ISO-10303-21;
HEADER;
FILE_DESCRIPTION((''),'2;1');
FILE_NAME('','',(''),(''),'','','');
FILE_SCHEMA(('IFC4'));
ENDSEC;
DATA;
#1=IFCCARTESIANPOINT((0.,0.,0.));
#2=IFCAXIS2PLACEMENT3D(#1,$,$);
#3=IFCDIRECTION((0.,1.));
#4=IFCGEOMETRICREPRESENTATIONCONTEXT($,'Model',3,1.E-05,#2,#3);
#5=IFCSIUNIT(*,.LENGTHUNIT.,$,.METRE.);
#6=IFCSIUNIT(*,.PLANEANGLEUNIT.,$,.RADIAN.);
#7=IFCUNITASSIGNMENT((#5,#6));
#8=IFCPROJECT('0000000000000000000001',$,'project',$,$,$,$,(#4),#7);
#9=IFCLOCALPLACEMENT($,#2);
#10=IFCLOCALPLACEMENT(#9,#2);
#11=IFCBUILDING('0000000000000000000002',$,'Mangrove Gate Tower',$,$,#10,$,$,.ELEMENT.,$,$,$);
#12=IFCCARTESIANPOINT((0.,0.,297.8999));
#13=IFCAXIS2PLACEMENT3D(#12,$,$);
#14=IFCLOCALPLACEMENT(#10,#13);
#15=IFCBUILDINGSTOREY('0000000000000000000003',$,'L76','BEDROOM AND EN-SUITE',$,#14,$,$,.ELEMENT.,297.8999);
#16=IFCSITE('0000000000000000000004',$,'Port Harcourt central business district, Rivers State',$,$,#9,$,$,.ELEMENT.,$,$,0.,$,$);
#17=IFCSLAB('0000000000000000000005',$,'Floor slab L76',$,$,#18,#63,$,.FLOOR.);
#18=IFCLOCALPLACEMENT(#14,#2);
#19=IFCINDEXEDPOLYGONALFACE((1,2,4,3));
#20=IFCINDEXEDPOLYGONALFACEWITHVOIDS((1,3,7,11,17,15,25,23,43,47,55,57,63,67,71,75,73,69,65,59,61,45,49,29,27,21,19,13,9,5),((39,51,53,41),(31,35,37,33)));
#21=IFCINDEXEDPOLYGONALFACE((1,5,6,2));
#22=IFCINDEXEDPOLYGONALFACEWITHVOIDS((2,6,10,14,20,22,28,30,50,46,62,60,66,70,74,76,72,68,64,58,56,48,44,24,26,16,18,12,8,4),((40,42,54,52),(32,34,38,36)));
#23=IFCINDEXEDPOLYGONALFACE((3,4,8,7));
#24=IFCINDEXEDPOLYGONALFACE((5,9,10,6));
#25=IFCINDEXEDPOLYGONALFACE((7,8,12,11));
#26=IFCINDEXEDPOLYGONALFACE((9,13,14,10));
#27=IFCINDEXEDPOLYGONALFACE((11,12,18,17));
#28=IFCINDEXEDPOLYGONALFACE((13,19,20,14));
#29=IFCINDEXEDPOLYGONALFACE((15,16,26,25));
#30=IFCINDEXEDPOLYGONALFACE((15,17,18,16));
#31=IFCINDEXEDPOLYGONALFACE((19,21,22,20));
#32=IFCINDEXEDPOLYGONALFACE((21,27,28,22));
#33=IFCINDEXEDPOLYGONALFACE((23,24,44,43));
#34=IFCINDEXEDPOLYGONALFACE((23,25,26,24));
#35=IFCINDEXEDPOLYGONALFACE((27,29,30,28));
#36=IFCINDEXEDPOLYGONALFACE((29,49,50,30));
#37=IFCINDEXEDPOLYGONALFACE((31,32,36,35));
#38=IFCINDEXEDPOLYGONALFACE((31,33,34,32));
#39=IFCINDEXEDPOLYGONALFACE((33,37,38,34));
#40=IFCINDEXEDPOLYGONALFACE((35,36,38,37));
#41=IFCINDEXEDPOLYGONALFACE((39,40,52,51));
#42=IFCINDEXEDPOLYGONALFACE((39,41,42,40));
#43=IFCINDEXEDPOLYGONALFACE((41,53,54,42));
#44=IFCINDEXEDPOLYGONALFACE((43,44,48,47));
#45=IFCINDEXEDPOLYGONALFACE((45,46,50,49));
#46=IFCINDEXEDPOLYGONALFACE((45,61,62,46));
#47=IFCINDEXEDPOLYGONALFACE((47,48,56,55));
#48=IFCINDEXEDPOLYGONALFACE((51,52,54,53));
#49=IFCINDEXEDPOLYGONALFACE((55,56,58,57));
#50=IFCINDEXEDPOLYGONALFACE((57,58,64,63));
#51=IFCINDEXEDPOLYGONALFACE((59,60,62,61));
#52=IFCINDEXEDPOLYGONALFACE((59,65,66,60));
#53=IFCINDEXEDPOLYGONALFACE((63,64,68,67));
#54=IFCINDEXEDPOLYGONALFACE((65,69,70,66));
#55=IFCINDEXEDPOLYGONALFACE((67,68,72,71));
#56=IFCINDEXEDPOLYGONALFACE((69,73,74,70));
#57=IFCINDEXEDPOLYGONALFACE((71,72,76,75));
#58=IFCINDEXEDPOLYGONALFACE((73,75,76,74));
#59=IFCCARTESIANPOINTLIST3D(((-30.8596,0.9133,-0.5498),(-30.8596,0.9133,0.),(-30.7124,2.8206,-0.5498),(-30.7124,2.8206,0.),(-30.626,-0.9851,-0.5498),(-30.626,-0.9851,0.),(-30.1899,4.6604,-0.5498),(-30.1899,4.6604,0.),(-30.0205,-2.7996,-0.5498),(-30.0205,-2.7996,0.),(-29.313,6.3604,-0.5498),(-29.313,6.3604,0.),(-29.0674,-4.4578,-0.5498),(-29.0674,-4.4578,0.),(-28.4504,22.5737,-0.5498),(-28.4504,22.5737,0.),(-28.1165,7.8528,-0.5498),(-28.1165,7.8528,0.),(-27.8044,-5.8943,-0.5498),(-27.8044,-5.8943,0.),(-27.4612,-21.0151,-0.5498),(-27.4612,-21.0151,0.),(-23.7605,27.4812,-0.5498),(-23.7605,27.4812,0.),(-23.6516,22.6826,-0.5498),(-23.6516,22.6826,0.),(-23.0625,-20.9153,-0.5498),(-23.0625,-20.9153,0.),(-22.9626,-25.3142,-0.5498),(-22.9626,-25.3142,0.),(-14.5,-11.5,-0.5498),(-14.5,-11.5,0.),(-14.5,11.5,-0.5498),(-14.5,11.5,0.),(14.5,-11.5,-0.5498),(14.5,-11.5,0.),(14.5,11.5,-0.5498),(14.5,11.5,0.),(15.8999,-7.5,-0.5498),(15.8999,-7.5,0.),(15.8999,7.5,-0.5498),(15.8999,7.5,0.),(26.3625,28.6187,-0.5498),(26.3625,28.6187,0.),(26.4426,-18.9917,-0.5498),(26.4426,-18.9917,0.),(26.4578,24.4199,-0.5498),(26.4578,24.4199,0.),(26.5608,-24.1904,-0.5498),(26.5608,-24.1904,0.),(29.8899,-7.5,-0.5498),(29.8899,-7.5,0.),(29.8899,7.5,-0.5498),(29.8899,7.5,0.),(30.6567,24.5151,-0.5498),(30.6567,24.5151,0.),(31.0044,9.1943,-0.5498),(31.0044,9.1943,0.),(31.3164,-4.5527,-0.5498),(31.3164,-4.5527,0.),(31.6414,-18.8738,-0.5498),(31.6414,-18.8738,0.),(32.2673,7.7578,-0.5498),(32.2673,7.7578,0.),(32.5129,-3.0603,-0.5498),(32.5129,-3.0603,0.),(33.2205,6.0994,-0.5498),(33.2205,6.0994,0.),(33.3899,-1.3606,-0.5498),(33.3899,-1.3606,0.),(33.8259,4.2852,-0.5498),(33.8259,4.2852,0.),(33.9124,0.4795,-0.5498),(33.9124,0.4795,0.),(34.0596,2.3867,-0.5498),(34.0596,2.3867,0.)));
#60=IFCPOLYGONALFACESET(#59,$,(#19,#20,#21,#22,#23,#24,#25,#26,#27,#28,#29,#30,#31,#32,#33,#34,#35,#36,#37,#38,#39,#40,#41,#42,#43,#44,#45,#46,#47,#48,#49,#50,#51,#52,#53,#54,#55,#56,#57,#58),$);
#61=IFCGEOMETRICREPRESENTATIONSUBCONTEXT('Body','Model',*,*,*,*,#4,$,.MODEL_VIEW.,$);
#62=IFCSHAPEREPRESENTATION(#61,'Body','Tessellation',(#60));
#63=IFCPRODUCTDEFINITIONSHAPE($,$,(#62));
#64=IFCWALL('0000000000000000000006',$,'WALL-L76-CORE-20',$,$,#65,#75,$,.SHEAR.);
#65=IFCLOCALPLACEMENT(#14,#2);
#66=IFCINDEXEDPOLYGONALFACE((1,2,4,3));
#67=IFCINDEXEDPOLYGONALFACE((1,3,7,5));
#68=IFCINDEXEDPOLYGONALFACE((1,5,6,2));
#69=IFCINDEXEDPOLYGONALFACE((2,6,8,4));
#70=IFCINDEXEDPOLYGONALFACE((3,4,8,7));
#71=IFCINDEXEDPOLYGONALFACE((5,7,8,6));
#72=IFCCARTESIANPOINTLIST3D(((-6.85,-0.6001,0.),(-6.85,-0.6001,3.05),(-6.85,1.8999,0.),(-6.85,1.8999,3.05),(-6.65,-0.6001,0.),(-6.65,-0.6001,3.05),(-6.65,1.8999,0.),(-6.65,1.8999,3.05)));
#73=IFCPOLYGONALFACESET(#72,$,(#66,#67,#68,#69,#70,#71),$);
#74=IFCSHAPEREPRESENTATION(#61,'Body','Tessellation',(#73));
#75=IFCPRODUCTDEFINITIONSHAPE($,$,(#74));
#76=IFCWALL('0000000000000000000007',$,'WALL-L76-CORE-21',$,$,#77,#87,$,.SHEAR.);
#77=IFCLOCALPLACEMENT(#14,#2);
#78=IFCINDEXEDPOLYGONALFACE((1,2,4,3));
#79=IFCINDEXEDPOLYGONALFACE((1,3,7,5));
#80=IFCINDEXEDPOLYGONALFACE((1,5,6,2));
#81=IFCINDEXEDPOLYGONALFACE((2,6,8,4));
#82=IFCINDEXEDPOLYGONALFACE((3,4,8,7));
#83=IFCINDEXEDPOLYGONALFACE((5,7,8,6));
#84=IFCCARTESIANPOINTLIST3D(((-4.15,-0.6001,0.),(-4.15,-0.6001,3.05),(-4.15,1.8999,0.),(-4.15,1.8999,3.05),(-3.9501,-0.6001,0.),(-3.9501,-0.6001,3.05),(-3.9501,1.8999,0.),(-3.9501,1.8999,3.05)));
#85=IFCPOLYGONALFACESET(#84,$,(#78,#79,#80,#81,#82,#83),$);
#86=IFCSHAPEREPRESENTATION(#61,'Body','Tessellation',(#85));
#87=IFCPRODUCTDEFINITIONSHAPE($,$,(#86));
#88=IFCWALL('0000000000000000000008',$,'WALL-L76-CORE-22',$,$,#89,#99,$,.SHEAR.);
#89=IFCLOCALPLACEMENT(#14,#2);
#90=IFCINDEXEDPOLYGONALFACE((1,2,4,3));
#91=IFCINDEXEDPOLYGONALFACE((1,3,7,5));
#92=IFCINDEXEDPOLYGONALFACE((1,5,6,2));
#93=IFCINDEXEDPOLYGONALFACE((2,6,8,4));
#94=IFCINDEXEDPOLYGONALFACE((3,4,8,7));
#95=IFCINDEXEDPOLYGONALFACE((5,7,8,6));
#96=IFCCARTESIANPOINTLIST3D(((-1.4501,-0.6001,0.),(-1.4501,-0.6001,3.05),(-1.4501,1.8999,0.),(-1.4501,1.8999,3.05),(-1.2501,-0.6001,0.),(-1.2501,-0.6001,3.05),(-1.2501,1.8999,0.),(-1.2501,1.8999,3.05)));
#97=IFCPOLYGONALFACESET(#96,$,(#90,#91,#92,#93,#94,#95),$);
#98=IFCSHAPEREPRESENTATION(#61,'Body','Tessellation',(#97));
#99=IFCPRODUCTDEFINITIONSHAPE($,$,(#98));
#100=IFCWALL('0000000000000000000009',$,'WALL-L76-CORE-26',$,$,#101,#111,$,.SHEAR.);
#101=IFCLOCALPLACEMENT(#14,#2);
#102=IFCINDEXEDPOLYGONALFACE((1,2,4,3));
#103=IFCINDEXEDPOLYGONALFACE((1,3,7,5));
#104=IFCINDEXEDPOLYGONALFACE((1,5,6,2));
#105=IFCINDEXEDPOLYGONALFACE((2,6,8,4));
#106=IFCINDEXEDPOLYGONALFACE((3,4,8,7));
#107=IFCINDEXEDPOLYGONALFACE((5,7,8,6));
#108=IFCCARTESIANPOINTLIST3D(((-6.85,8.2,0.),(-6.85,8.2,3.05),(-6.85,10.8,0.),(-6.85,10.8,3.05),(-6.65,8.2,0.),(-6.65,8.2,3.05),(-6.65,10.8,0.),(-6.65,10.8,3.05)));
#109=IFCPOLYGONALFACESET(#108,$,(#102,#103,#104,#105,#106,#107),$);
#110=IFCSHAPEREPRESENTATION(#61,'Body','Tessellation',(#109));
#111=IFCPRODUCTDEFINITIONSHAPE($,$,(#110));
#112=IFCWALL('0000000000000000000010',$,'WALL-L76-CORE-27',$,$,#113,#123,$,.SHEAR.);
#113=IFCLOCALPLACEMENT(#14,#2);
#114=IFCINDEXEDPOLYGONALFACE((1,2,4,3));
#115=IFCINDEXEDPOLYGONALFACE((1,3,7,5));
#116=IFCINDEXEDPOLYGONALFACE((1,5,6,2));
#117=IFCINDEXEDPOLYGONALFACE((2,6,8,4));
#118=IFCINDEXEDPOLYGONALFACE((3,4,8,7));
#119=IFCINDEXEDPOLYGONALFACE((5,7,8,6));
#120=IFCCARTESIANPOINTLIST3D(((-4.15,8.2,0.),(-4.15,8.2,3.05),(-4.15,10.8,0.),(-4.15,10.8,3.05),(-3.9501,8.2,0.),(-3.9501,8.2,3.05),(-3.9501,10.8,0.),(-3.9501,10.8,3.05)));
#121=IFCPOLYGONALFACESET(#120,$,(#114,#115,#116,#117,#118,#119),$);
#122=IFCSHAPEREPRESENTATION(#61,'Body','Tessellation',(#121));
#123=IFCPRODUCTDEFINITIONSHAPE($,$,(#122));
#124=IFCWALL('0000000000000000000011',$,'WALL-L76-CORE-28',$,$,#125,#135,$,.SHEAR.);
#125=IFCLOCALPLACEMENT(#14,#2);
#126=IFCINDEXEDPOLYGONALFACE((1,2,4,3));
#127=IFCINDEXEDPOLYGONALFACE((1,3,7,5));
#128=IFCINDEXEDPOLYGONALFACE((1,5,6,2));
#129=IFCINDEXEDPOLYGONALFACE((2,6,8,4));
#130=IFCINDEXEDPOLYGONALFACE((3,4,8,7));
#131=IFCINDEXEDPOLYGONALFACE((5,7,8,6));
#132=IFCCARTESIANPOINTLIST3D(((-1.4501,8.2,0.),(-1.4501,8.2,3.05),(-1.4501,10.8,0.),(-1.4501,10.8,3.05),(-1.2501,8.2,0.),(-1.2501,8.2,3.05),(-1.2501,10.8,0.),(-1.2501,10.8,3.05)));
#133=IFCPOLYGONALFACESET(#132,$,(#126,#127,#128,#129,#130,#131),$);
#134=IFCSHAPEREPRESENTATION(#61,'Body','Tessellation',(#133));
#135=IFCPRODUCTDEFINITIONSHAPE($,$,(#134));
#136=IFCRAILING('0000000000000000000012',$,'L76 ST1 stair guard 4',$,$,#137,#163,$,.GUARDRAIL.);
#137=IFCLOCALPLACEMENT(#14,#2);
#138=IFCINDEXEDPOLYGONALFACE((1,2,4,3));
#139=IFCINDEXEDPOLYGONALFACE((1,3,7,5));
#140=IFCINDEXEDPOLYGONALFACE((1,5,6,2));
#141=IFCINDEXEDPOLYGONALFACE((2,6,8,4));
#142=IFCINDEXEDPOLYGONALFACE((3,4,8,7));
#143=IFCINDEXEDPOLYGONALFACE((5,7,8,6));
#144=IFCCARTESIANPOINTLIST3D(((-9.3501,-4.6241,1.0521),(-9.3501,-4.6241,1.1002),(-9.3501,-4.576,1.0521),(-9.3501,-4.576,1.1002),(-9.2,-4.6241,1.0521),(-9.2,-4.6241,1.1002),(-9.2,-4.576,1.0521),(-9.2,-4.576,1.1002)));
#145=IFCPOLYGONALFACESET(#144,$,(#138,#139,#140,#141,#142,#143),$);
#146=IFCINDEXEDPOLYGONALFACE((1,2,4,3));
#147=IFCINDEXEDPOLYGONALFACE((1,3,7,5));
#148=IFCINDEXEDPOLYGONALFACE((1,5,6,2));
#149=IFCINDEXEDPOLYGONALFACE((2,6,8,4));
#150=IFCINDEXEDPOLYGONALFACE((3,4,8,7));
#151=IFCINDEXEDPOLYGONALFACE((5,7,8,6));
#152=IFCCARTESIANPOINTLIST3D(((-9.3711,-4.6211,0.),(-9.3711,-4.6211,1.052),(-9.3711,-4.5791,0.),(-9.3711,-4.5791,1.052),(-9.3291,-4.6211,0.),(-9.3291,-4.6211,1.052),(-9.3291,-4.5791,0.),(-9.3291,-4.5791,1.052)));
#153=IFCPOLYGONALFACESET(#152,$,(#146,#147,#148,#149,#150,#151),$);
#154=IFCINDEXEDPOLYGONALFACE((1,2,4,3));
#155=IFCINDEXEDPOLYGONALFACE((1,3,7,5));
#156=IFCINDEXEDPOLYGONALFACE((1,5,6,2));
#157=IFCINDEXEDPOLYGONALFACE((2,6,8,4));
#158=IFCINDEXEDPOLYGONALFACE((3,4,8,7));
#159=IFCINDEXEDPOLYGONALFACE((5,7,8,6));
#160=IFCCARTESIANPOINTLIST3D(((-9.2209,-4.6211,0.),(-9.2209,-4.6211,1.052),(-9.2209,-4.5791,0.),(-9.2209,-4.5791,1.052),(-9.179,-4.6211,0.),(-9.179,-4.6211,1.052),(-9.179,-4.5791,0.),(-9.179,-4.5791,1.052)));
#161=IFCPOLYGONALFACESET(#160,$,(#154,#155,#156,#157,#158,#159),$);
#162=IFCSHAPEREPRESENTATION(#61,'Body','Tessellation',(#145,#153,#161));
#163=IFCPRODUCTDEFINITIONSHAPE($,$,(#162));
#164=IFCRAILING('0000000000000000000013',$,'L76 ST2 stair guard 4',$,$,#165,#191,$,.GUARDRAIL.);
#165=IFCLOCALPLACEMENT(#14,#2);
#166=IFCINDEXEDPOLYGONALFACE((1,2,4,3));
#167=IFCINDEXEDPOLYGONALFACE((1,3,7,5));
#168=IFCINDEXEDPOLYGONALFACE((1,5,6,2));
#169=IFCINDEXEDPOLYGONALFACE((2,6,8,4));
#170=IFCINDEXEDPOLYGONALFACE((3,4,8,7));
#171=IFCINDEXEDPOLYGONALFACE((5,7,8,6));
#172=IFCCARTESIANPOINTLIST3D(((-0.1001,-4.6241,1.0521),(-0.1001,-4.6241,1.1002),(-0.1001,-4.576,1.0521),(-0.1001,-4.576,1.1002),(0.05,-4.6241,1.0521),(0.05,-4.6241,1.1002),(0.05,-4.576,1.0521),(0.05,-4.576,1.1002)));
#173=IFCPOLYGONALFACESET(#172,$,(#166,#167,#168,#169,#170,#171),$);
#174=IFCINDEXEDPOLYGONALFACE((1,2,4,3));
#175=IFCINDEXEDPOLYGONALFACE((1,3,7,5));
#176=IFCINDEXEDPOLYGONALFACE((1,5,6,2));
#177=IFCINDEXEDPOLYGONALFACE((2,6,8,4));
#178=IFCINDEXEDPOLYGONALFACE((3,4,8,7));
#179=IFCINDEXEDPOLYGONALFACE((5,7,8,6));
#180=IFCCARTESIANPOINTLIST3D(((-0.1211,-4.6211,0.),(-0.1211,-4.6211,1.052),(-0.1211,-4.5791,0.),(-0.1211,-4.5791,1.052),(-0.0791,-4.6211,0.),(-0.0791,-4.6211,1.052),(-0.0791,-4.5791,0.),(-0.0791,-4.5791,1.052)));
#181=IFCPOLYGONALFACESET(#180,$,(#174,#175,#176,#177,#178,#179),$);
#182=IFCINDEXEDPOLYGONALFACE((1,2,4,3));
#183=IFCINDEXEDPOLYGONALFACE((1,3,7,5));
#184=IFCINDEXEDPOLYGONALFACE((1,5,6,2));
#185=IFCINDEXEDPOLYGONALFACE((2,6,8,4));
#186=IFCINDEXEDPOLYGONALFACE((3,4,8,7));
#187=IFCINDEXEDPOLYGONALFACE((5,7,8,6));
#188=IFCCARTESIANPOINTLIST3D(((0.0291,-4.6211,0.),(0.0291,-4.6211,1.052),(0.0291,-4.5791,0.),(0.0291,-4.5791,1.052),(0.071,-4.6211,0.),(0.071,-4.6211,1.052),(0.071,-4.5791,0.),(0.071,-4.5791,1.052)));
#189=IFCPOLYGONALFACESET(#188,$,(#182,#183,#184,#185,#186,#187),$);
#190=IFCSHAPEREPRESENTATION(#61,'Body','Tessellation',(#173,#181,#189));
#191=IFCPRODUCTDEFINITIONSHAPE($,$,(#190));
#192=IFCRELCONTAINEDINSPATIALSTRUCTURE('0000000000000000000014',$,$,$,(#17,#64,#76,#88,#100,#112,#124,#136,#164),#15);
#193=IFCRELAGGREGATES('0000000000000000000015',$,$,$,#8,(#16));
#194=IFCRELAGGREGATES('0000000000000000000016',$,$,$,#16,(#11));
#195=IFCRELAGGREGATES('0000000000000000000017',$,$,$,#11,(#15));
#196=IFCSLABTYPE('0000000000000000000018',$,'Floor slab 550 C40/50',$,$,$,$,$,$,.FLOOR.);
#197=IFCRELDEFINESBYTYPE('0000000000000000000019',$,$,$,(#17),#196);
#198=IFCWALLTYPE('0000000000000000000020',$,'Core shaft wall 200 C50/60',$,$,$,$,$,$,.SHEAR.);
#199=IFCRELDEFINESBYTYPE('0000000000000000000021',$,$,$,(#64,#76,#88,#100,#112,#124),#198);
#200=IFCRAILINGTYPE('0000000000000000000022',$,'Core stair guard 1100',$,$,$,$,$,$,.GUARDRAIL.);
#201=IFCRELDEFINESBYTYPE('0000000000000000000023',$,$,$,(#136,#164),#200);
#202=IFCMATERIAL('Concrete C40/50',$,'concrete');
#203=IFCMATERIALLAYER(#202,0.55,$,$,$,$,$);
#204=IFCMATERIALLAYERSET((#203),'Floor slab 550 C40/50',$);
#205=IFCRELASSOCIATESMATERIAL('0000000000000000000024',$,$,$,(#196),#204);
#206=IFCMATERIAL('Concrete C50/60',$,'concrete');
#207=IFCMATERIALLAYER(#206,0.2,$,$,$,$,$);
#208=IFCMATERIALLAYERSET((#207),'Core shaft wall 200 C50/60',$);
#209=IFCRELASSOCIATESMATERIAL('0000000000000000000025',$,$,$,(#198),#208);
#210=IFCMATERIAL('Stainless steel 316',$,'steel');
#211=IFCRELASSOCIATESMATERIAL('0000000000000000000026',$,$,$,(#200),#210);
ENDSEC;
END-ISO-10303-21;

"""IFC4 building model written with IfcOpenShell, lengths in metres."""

from ifc_helpers import new_model, si_unit, direction, frame, frame_2d, origin, origin_2d, place, context, subcontext, project, spatial, polyline, rectangle, outline, extrude, material, layer, layer_set, type_object, element, save


model = new_model("IFC4")

# Units and contexts
model_context = context("Model", 3, precision=1e-05, world=origin(), true_north=direction((0.0, 1.0)))
body_context = subcontext(model_context, "Body", "Model", "MODEL_VIEW")
ifc_project = project(units=[si_unit("LENGTHUNIT", "METRE"), si_unit("PLANEANGLEUNIT", "RADIAN")], contexts=[model_context])

# Site, building, storey
site_placement = place(None, origin())
site = spatial("IfcSite", under=ifc_project, at=site_placement, Name="Port Harcourt central business district, Rivers State", CompositionType="ELEMENT", RefElevation=0.0)
building_placement = place(site_placement, origin())
building = spatial("IfcBuilding", under=site, at=building_placement, Name="Mangrove Gate Tower", CompositionType="ELEMENT")
storey_placement = place(building_placement, frame((0.0, 0.0, 297.8999)))
storey = spatial("IfcBuildingStorey", under=building, at=storey_placement, Name="L76", Description="BEDROOM AND EN-SUITE", CompositionType="ELEMENT", Elevation=297.8999)

# Slab
ifc_material_1 = material(Name="Concrete C40/50", Category="concrete")
ifc_layer_1 = layer(ifc_material_1, 0.55)
ifc_layer_set_1 = layer_set([ifc_layer_1], Name="Floor slab 550 C40/50")
slab_type = type_object("IfcSlabType", Name="Floor slab 550 C40/50", PredefinedType="FLOOR", material=ifc_layer_set_1)
slab_placement = place(storey_placement, frame((0.0, 0.0, -0.5498)))
element("IfcSlab", 1, at=slab_placement, inside=storey, type_object=slab_type, Name="Floor slab L76", PredefinedType="FLOOR", context=body_context, shape_type="SweptSolid", body=[
    extrude(outline(polyline([(-22.9626, -25.3142), (26.5608, -24.1904), (26.4426, -18.9917), (31.6414, -18.8738), (31.3164, -4.5527), (32.5129, -3.0603), (33.3899, -1.3606), (33.9124, 0.4795), (34.0596, 2.3867), (33.8259, 4.2852), (33.2205, 6.0994), (32.2673, 7.7578), (31.0044, 9.1943), (30.6567, 24.5151), (26.4578, 24.4199), (26.3625, 28.6187), (-23.7605, 27.4812), (-23.6516, 22.6826), (-28.4504, 22.5737), (-28.1165, 7.8528), (-29.313, 6.3604), (-30.1899, 4.6604), (-30.7124, 2.8206), (-30.8596, 0.9133), (-30.626, -0.9851), (-30.0205, -2.7996), (-29.0674, -4.4578), (-27.8044, -5.8943), (-27.4612, -21.0151), (-23.0625, -20.9153), (-22.9626, -25.3142)]), holes=[polyline([(15.8999, 7.5), (29.8899, 7.5), (29.8899, -7.5), (15.8999, -7.5), (15.8999, 7.5)]), polyline([(-14.5, -11.5), (-14.5, 11.5), (14.5, 11.5), (14.5, -11.5), (-14.5, -11.5)])]), origin(), (0.0, 0.0, 1.0), 0.5498),
])

# Walls
ifc_material_2 = material(Name="Concrete C50/60", Category="concrete")
ifc_layer_2 = layer(ifc_material_2, 0.2)
ifc_layer_set_2 = layer_set([ifc_layer_2], Name="Core shaft wall 200 C50/60")
wall_type = type_object("IfcWallType", Name="Core shaft wall 200 C50/60", PredefinedType="SHEAR", material=ifc_layer_set_2)
for number, where, z_axis, x_axis, name in (
    (2, (-6.75, -0.6001, 0.0), (0.0, 0.0, 1.0), (0.0, 1.0, 0.0), "WALL-L76-CORE-20"),
    (3, (-4.05, -0.6001, 0.0), (0.0, 0.0, 1.0), (0.0, 1.0, 0.0), "WALL-L76-CORE-21"),
    (4, (-1.3501, -0.6001, 0.0), (0.0, 0.0, 1.0), (0.0, 1.0, 0.0), "WALL-L76-CORE-22"),
):
    element("IfcWall", number, at=place(storey_placement, frame(where, z_axis=z_axis, x_axis=x_axis)), inside=storey, type_object=wall_type, Name=name, PredefinedType="SHEAR", context=body_context, shape_type="SweptSolid", body=[
        extrude(rectangle(XDim=2.5, YDim=0.2, at=frame_2d((1.25, 0.0))), origin(), (0.0, 0.0, 1.0), 3.05),
    ])
for number, where, z_axis, x_axis, name in (
    (5, (-6.75, 8.2, 0.0), (0.0, 0.0, 1.0), (0.0, 1.0, 0.0), "WALL-L76-CORE-26"),
    (6, (-4.05, 8.2, 0.0), (0.0, 0.0, 1.0), (0.0, 1.0, 0.0), "WALL-L76-CORE-27"),
    (7, (-1.3501, 8.2, 0.0), (0.0, 0.0, 1.0), (0.0, 1.0, 0.0), "WALL-L76-CORE-28"),
):
    element("IfcWall", number, at=place(storey_placement, frame(where, z_axis=z_axis, x_axis=x_axis)), inside=storey, type_object=wall_type, Name=name, PredefinedType="SHEAR", context=body_context, shape_type="SweptSolid", body=[
        extrude(rectangle(XDim=2.6001, YDim=0.2, at=frame_2d((1.3, 0.0))), origin(), (0.0, 0.0, 1.0), 3.05),
    ])

# Railings
ifc_material_3 = material(Name="Stainless steel 316", Category="steel")
railing_type = type_object("IfcRailingType", Name="Core stair guard 1100", PredefinedType="GUARDRAIL", material=ifc_material_3)
for number, where, name in (
    (8, (-9.3501, -4.6001, 0.0), "L76 ST1 stair guard 4"),
    (9, (-0.1001, -4.6001, 0.0), "L76 ST2 stair guard 4"),
):
    element("IfcRailing", number, at=place(storey_placement, frame(where)), inside=storey, type_object=railing_type, Name=name, PredefinedType="GUARDRAIL", context=body_context, shape_type="SweptSolid", body=[
        extrude(rectangle(XDim=0.0481, YDim=0.0481, at=origin_2d()), frame((0.0, 0.0, 1.0762), z_axis=(1.0, 0.0, 0.0), x_axis=(0.0, 1.0, 0.0)), (0.0, 0.0, 1.0), 0.1501),
        extrude(rectangle(XDim=0.042, YDim=0.042, at=origin_2d()), origin(), (0.0, 0.0, 1.0), 1.052),
        extrude(rectangle(XDim=0.042, YDim=0.042, at=origin_2d()), frame((0.1501, 0.0, 0.0)), (0.0, 0.0, 1.0), 1.052),
    ])

save(model, "model.ifc")
